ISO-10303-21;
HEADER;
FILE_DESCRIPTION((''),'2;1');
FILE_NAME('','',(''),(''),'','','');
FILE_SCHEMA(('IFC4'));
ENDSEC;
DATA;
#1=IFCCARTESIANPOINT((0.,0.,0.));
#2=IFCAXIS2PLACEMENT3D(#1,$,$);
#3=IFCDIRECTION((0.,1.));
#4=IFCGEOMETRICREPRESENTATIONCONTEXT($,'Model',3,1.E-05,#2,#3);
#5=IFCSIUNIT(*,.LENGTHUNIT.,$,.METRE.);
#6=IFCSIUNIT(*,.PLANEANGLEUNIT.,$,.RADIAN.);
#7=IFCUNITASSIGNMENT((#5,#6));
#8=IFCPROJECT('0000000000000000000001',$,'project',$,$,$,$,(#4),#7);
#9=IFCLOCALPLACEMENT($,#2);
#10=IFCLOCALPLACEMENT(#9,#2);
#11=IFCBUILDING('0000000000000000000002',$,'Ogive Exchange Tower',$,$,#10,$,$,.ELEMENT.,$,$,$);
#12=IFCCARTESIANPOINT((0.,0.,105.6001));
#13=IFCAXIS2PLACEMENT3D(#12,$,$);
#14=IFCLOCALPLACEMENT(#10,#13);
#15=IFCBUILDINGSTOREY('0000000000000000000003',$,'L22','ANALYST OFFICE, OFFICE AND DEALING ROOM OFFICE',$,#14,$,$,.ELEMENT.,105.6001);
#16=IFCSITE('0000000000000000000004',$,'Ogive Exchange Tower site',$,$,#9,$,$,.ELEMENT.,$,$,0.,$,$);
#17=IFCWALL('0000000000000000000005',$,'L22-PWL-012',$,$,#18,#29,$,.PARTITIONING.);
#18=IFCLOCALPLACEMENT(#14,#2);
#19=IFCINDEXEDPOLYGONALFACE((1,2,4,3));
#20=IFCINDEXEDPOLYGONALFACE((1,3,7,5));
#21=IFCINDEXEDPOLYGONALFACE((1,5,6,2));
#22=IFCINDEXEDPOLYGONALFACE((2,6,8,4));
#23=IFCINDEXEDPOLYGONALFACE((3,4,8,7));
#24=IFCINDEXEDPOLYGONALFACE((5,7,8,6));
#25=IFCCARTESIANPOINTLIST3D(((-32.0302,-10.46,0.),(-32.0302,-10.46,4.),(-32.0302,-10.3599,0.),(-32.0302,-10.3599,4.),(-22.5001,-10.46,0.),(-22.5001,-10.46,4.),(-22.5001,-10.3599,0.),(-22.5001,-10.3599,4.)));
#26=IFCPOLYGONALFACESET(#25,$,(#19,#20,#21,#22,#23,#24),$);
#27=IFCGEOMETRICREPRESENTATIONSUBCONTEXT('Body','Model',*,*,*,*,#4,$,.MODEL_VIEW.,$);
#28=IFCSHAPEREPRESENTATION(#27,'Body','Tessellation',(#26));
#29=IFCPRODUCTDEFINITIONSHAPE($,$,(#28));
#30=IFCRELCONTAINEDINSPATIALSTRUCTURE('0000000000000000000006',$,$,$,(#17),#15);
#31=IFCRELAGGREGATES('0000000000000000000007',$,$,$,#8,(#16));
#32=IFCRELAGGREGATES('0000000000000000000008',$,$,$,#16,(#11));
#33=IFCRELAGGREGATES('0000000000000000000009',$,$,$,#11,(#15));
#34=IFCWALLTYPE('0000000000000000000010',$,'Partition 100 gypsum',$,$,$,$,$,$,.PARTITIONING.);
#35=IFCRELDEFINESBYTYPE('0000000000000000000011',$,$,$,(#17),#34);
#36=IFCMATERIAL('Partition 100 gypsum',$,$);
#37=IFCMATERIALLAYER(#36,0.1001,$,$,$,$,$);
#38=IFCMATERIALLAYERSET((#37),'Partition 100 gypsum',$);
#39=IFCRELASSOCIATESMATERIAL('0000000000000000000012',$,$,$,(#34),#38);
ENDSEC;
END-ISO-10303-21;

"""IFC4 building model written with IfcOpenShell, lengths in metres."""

from ifc_helpers import new_model, si_unit, direction, frame, frame_2d, origin, place, context, subcontext, project, spatial, rectangle, extrude, material, layer, layer_set, type_object, element, save


model = new_model("IFC4")

# Units and contexts
model_context = context("Model", 3, precision=1e-05, world=origin(), true_north=direction((0.0, 1.0)))
body_context = subcontext(model_context, "Body", "Model", "MODEL_VIEW")
ifc_project = project(units=[si_unit("LENGTHUNIT", "METRE"), si_unit("PLANEANGLEUNIT", "RADIAN")], contexts=[model_context])

# Site, building, storey
site_placement = place(None, origin())
site = spatial("IfcSite", under=ifc_project, at=site_placement, Name="Ogive Exchange Tower site", CompositionType="ELEMENT", RefElevation=0.0)
building_placement = place(site_placement, origin())
building = spatial("IfcBuilding", under=site, at=building_placement, Name="Ogive Exchange Tower", CompositionType="ELEMENT")
storey_placement = place(building_placement, frame((0.0, 0.0, 105.6001)))
storey = spatial("IfcBuildingStorey", under=building, at=storey_placement, Name="L22", Description="ANALYST OFFICE, OFFICE AND DEALING ROOM OFFICE", CompositionType="ELEMENT", Elevation=105.6001)

# Wall
ifc_material_1 = material(Name="Partition 100 gypsum")
ifc_layer_1 = layer(ifc_material_1, 0.1001)
ifc_layer_set_1 = layer_set([ifc_layer_1], Name="Partition 100 gypsum")
wall_type_1 = type_object("IfcWallType", Name="Partition 100 gypsum", PredefinedType="PARTITIONING", material=ifc_layer_set_1)
wall_1_placement = place(storey_placement, frame((-22.5, -10.4099, 0.0), z_axis=(0.0, 0.0, 1.0), x_axis=(-1.0, 0.0, 0.0)))
element("IfcWall", 1, at=wall_1_placement, inside=storey, type_object=wall_type_1, Name="L22-PWL-012", PredefinedType="PARTITIONING", context=body_context, shape_type="SweptSolid", body=[
    extrude(rectangle(XDim=9.53, YDim=0.1001, at=frame_2d((4.7651, 0.0))), origin(), (0.0, 0.0, 1.0), 4.0),
])

save(model, "model.ifc")
